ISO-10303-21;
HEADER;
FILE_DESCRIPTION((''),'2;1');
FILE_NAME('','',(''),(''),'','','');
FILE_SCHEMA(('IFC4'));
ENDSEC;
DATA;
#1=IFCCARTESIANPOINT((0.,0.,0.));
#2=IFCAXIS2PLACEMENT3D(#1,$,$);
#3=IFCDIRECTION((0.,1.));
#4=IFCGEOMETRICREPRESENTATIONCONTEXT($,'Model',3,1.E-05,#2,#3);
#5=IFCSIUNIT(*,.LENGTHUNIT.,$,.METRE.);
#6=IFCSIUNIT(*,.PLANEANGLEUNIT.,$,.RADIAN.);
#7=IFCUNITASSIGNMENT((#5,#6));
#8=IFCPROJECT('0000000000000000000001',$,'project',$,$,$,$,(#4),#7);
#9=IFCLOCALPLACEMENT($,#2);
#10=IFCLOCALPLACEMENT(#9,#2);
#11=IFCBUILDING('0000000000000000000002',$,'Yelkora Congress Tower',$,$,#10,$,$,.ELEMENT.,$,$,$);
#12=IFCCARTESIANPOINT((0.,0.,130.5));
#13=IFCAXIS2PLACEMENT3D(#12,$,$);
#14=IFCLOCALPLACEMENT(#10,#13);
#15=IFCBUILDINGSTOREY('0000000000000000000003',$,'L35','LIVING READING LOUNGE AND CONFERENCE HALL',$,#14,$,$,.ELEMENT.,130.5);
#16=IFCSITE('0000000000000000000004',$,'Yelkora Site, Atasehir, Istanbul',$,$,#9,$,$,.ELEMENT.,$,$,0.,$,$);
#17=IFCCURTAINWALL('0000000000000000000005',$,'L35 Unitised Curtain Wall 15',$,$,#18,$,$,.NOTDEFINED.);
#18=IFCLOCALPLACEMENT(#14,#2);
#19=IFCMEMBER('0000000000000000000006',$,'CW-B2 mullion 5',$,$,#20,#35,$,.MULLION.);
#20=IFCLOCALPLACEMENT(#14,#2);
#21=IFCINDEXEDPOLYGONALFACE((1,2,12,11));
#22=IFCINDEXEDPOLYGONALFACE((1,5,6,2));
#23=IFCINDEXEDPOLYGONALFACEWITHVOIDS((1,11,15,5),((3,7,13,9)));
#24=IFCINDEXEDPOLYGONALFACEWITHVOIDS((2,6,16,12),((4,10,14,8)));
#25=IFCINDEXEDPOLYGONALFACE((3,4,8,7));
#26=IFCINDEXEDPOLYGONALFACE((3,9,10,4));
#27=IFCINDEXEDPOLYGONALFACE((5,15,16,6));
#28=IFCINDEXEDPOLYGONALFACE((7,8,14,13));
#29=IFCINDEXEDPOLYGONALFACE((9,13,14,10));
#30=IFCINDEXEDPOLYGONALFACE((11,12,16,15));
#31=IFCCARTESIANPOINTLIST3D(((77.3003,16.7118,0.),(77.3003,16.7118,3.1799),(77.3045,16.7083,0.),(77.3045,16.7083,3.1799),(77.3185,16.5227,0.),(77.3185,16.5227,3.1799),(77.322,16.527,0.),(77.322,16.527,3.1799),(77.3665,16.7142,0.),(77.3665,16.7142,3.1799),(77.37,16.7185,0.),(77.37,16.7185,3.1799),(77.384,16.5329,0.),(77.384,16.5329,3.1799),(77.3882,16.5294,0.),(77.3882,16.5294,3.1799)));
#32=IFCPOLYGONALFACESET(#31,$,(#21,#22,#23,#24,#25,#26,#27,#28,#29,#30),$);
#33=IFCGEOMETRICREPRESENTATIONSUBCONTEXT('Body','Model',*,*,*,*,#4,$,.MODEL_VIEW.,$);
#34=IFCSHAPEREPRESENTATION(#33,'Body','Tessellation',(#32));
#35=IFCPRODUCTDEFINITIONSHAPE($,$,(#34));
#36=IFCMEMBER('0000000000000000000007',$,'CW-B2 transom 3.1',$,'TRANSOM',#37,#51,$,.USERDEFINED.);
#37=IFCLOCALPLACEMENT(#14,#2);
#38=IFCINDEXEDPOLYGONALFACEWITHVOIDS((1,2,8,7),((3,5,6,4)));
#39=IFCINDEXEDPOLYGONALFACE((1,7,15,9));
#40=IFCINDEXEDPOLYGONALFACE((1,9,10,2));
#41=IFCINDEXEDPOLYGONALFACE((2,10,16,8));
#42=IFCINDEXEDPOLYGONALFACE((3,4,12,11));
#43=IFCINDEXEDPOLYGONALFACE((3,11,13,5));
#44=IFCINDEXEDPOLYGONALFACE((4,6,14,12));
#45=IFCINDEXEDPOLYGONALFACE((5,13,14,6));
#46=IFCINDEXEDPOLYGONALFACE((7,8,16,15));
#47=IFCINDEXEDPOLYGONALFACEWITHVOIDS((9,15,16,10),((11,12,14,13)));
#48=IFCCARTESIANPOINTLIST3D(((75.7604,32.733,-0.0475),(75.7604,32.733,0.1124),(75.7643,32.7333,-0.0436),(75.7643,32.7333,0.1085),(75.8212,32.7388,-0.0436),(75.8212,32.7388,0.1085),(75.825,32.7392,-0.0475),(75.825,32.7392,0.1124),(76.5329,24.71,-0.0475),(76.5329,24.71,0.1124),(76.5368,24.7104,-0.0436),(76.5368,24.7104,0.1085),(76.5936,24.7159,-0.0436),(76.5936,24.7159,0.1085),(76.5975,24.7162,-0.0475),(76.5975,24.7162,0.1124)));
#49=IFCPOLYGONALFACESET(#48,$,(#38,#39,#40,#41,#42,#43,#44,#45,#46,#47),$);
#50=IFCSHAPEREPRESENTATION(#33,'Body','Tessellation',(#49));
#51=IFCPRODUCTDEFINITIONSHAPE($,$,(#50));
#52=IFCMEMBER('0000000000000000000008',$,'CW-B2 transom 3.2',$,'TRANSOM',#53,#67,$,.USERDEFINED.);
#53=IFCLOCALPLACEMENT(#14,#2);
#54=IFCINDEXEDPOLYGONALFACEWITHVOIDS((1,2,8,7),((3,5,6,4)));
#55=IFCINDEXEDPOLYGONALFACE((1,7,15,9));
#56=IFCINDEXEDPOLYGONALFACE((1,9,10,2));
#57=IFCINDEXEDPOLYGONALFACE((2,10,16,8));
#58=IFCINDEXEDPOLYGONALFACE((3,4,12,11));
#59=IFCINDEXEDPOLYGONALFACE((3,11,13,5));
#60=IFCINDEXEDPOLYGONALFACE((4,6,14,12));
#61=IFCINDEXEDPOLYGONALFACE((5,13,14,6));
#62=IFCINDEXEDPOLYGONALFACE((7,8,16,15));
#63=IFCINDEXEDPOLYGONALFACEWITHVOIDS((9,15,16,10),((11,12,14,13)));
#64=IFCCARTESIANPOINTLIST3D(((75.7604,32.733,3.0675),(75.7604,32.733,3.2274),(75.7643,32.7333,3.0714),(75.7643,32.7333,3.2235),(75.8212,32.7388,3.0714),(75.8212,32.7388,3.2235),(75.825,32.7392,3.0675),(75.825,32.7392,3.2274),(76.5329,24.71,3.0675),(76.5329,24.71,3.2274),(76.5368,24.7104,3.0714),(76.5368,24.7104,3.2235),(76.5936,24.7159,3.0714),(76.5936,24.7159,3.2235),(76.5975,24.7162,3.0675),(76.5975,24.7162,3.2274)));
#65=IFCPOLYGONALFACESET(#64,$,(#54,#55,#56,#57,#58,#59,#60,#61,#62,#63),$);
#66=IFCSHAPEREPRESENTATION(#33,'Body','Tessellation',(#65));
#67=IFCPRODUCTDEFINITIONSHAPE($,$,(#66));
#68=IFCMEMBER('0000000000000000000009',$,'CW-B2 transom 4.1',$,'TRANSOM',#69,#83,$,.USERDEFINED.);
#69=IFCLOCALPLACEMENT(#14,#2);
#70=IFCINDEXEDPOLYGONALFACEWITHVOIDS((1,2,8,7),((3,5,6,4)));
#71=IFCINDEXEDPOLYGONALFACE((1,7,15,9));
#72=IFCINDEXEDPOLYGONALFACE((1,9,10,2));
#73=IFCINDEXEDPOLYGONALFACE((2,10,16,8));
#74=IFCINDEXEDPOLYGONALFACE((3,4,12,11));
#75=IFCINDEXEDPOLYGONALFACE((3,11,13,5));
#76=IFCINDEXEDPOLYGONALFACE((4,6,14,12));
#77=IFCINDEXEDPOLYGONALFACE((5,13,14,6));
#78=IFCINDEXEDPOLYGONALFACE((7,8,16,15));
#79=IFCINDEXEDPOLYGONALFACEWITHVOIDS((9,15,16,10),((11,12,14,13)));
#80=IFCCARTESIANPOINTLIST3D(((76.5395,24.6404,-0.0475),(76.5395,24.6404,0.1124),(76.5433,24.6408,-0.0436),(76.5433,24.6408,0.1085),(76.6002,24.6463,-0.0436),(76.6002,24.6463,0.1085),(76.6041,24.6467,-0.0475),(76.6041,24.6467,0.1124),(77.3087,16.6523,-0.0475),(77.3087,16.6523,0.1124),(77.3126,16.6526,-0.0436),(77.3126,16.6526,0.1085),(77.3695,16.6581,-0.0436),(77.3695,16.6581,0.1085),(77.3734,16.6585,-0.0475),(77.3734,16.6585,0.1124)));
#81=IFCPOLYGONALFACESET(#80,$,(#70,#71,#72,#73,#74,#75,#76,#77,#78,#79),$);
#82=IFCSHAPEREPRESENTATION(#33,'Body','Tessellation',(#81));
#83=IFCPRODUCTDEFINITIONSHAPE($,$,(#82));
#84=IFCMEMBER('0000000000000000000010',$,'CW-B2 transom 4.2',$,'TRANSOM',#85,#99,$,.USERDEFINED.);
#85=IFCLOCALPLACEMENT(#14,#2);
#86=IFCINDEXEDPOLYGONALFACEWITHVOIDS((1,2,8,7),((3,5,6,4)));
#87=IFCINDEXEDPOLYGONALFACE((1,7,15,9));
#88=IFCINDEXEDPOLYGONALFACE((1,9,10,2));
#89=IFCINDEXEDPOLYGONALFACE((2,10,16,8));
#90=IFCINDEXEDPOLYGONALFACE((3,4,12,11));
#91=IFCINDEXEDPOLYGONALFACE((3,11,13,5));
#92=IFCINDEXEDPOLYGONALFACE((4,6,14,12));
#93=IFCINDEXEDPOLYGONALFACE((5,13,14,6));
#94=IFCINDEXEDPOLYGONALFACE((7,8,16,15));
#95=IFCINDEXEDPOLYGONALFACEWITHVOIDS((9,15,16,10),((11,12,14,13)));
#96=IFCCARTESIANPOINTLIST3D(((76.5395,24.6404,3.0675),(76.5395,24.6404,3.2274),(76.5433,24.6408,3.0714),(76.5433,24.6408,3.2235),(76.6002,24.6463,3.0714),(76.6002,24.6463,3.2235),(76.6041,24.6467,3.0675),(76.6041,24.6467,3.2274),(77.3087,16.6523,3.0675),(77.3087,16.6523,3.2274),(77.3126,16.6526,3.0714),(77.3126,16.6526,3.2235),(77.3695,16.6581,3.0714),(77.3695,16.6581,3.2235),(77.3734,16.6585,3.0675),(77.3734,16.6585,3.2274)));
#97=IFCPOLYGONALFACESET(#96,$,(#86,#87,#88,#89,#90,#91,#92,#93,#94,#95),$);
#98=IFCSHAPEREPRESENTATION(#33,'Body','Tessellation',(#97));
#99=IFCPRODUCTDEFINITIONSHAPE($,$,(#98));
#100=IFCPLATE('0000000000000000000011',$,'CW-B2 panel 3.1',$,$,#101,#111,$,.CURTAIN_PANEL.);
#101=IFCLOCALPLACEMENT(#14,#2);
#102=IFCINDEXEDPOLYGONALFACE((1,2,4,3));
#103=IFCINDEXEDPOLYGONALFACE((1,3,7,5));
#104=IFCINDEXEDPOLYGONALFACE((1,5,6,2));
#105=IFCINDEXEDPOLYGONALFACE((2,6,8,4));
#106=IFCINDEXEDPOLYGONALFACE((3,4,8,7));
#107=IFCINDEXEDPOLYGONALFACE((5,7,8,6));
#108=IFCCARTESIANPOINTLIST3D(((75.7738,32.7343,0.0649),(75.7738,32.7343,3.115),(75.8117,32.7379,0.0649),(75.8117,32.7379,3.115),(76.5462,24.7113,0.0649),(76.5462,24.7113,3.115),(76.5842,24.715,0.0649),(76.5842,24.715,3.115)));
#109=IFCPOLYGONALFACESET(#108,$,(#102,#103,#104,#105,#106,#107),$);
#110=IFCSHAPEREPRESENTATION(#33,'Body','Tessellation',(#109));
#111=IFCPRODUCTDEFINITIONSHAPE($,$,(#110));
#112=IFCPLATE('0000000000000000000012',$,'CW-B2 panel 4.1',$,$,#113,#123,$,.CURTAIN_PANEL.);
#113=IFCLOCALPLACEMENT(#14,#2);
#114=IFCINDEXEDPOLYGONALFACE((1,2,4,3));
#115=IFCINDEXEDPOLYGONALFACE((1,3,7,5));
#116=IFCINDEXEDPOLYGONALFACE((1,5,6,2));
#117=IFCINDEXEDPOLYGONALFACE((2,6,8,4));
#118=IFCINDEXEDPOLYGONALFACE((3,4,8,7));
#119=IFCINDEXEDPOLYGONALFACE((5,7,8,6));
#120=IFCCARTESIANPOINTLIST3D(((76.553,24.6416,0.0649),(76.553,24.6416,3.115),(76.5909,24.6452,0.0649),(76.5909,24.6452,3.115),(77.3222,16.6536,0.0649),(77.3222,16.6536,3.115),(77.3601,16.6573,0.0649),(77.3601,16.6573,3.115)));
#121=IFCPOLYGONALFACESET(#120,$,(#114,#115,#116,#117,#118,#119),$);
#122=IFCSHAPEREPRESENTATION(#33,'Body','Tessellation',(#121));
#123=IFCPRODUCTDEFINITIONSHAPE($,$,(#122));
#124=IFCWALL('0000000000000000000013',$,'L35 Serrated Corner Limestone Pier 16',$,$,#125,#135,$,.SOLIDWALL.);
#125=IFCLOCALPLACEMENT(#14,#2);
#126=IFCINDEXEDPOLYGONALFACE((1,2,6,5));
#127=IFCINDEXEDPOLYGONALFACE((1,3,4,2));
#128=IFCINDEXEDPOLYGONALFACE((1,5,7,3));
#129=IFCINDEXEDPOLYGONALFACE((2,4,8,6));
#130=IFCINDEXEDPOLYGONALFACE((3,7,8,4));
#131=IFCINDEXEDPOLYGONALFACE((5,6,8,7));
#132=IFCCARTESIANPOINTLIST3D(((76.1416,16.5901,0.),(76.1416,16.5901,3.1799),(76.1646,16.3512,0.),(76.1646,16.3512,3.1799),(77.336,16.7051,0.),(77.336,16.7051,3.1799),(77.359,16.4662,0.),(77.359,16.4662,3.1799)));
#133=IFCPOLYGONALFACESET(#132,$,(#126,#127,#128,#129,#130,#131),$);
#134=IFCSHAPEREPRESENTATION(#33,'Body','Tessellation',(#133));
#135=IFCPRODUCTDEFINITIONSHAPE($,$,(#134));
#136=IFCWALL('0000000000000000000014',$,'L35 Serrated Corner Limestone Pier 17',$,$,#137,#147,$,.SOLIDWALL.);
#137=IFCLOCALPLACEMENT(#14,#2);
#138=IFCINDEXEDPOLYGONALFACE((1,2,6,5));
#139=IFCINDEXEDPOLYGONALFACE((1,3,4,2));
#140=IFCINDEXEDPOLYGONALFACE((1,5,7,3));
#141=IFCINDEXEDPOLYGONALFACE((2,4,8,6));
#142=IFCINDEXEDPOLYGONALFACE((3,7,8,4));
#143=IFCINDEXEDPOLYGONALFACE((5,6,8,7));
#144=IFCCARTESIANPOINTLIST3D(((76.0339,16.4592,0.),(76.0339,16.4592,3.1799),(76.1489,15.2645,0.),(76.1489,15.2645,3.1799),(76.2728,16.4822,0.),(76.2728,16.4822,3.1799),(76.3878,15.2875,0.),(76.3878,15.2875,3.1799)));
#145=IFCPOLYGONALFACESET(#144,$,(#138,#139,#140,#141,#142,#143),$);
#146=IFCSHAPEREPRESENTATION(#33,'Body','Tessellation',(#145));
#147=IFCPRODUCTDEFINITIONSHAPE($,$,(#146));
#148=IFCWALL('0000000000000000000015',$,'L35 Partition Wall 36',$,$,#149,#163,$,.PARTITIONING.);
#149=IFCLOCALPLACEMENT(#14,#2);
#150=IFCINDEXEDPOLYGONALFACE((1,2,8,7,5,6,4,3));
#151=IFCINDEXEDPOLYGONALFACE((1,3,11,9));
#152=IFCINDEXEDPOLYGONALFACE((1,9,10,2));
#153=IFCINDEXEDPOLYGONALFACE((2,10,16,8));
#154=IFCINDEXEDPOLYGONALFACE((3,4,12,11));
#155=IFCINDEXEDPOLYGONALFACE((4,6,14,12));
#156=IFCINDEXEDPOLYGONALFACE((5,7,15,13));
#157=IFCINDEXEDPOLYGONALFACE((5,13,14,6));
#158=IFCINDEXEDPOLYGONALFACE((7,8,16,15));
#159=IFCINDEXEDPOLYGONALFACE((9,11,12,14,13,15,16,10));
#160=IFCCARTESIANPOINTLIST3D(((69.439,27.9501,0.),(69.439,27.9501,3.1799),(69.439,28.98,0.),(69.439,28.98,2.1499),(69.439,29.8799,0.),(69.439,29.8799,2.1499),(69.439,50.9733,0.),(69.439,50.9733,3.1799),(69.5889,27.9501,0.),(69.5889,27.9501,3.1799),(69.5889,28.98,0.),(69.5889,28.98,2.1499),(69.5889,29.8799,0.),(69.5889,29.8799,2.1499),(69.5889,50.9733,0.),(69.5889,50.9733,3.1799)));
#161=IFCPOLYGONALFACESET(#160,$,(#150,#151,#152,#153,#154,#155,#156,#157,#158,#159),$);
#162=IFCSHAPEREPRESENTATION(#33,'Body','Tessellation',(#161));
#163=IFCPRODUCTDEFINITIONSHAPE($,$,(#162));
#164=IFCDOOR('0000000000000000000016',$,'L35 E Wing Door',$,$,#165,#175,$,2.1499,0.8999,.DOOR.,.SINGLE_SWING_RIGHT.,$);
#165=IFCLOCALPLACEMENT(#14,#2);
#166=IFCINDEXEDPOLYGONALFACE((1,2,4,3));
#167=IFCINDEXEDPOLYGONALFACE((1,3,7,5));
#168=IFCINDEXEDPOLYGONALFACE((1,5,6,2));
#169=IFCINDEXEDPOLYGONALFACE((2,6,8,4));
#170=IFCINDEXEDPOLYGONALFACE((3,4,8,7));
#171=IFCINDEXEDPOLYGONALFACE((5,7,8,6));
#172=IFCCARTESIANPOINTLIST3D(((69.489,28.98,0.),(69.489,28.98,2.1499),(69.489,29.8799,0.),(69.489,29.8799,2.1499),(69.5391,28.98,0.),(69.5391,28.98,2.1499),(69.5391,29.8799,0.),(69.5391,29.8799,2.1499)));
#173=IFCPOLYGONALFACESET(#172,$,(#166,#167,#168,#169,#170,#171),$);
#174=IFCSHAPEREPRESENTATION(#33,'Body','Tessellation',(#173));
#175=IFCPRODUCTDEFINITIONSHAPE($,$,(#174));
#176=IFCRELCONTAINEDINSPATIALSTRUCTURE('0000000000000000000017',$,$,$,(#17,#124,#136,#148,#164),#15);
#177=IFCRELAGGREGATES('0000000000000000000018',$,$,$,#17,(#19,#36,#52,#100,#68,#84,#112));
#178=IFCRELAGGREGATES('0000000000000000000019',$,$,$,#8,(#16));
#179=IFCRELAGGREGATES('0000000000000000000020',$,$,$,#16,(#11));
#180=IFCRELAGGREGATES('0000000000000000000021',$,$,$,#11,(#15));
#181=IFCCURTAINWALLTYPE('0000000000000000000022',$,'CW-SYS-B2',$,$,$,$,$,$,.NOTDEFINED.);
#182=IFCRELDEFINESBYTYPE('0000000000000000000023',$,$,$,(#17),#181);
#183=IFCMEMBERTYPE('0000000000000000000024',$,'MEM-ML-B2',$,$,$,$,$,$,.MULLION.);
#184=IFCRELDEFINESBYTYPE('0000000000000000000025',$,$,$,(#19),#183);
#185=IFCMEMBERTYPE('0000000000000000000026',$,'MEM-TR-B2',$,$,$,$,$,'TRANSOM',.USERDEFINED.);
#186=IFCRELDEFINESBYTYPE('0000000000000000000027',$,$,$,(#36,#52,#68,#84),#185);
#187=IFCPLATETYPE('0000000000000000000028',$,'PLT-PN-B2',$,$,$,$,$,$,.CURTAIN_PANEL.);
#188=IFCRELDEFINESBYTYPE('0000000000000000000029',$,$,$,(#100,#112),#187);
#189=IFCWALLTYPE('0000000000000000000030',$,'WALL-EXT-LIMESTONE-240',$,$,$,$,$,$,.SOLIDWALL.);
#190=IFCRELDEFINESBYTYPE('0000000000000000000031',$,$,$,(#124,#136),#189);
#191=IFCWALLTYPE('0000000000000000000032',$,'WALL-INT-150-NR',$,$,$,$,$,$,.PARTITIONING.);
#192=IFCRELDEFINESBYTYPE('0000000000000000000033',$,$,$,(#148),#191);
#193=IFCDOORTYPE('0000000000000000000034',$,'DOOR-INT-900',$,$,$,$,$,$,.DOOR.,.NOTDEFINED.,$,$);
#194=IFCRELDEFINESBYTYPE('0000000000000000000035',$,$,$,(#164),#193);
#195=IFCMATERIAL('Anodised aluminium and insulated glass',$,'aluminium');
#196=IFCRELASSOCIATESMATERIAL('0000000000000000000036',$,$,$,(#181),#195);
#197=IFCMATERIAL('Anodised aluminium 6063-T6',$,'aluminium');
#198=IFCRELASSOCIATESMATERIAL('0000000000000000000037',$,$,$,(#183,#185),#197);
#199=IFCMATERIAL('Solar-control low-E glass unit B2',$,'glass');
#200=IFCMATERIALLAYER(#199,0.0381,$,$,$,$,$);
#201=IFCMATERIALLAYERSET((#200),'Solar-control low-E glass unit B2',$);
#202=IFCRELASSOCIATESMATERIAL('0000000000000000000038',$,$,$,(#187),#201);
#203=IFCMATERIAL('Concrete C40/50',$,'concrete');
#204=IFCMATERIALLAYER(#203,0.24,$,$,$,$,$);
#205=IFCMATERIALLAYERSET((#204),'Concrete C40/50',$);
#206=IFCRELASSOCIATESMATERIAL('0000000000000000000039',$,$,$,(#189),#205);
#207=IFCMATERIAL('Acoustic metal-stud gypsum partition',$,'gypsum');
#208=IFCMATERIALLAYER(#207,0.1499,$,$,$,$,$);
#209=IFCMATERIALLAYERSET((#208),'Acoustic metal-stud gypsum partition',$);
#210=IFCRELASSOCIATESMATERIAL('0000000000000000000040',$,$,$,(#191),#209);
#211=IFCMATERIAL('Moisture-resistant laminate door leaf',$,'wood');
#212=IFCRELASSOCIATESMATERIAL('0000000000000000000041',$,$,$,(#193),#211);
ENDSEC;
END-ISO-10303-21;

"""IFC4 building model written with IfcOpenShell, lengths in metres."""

from ifc_helpers import new_model, si_unit, direction, frame, frame_2d, origin, origin_2d, place, context, subcontext, project, spatial, rectangle, hollow_rectangle, extrude, material, layer, layer_set, material_profile, profile_set, type_object, element, fill, aggregate, save


model = new_model("IFC4")

# Units and contexts
model_context = context("Model", 3, precision=1e-05, world=origin(), true_north=direction((0.0, 1.0)))
body_context = subcontext(model_context, "Body", "Model", "MODEL_VIEW")
ifc_project = project(units=[si_unit("LENGTHUNIT", "METRE"), si_unit("PLANEANGLEUNIT", "RADIAN")], contexts=[model_context])

# Site, building, storey
site_placement = place(None, origin())
site = spatial("IfcSite", under=ifc_project, at=site_placement, Name="Yelkora Site, Atasehir, Istanbul", CompositionType="ELEMENT", RefElevation=0.0)
building_placement = place(site_placement, origin())
building = spatial("IfcBuilding", under=site, at=building_placement, Name="Yelkora Congress Tower", CompositionType="ELEMENT")
storey_placement = place(building_placement, frame((0.0, 0.0, 130.5)))
storey = spatial("IfcBuildingStorey", under=building, at=storey_placement, Name="L35", Description="LIVING READING LOUNGE AND CONFERENCE HALL", CompositionType="ELEMENT", Elevation=130.5)

# Curtain wall, members, plates
ifc_material_1 = material(Name="Anodised aluminium and insulated glass", Category="aluminium")
curtain_wall_type = type_object("IfcCurtainWallType", Name="CW-SYS-B2", PredefinedType="NOTDEFINED", material=ifc_material_1)
curtain_wall_placement = place(storey_placement, origin())
curtain_wall = element("IfcCurtainWall", 1, at=curtain_wall_placement, inside=storey, type_object=curtain_wall_type, Name="L35 Unitised Curtain Wall 15", PredefinedType="NOTDEFINED")
ifc_material_2 = material(Name="Anodised aluminium 6063-T6", Category="aluminium")
ifc_material_profile_1 = material_profile(ifc_material_2, hollow_rectangle(XDim=0.0701, YDim=0.1899, WallThickness=0.0039, at=origin_2d()), Name="ALU 70x190x4")
ifc_profile_set_1 = profile_set([ifc_material_profile_1], Name="Anodised aluminium 6063-T6")
member_type_1 = type_object("IfcMemberType", Name="MEM-ML-B2", PredefinedType="MULLION", material=ifc_profile_set_1)
member_1_placement = place(storey_placement, frame((77.3442, 16.6206, 0.0), z_axis=(0.0, 0.0, 1.0), x_axis=(0.995397, 0.095843, 0.0)))
member_1 = element("IfcMember", 2, at=member_1_placement, type_object=member_type_1, Name="CW-B2 mullion 5", PredefinedType="MULLION", context=body_context, shape_type="SweptSolid", body=[
    extrude(hollow_rectangle(XDim=0.0701, YDim=0.1899, WallThickness=0.0039, at=origin_2d()), origin(), (0.0, 0.0, 1.0), 3.1799),
])
ifc_material_profile_2 = material_profile(ifc_material_2, hollow_rectangle(XDim=0.0649, YDim=0.1599, WallThickness=0.0039, at=origin_2d()), Name="ALU 65x160x4")
ifc_profile_set_2 = profile_set([ifc_material_profile_2], Name="Anodised aluminium 6063-T6")
member_type_2 = type_object("IfcMemberType", Name="MEM-TR-B2", ElementType="TRANSOM", PredefinedType="USERDEFINED", material=ifc_profile_set_2)
member_2_placement = place(storey_placement, frame((75.7927, 32.7361, 0.0325), z_axis=(0.095838, -0.995397, 0.0), x_axis=(0.995397, 0.095838, 0.0)))
member_2 = element("IfcMember", 3, at=member_2_placement, type_object=member_type_2, Name="CW-B2 transom 3.1", ObjectType="TRANSOM", PredefinedType="USERDEFINED", context=body_context, shape_type="SweptSolid", body=[
    extrude(hollow_rectangle(XDim=0.0649, YDim=0.1599, WallThickness=0.0039, at=origin_2d()), origin(), (0.0, 0.0, 1.0), 8.0601),
])
member_3_placement = place(storey_placement, frame((75.7927, 32.7361, 3.1475), z_axis=(0.095838, -0.995397, 0.0), x_axis=(0.995397, 0.095838, 0.0)))
member_3 = element("IfcMember", 4, at=member_3_placement, type_object=member_type_2, Name="CW-B2 transom 3.2", ObjectType="TRANSOM", PredefinedType="USERDEFINED", context=body_context, shape_type="SweptSolid", body=[
    extrude(hollow_rectangle(XDim=0.0649, YDim=0.1599, WallThickness=0.0039, at=origin_2d()), origin(), (0.0, 0.0, 1.0), 8.0601),
])
member_4_placement = place(storey_placement, frame((76.5718, 24.6436, 0.0325), z_axis=(0.095858, -0.995395, 0.0), x_axis=(0.995395, 0.095858, 0.0)))
member_4 = element("IfcMember", 5, at=member_4_placement, type_object=member_type_2, Name="CW-B2 transom 4.1", ObjectType="TRANSOM", PredefinedType="USERDEFINED", context=body_context, shape_type="SweptSolid", body=[
    extrude(hollow_rectangle(XDim=0.0649, YDim=0.1599, WallThickness=0.0039, at=origin_2d()), origin(), (0.0, 0.0, 1.0), 8.0251),
])
member_5_placement = place(storey_placement, frame((76.5718, 24.6436, 3.1475), z_axis=(0.095858, -0.995395, 0.0), x_axis=(0.995395, 0.095858, 0.0)))
member_5 = element("IfcMember", 6, at=member_5_placement, type_object=member_type_2, Name="CW-B2 transom 4.2", ObjectType="TRANSOM", PredefinedType="USERDEFINED", context=body_context, shape_type="SweptSolid", body=[
    extrude(hollow_rectangle(XDim=0.0649, YDim=0.1599, WallThickness=0.0039, at=origin_2d()), origin(), (0.0, 0.0, 1.0), 8.0251),
])
ifc_material_3 = material(Name="Solar-control low-E glass unit B2", Category="glass")
ifc_layer_1 = layer(ifc_material_3, 0.0381)
ifc_layer_set_1 = layer_set([ifc_layer_1], Name="Solar-control low-E glass unit B2")
plate_type = type_object("IfcPlateType", Name="PLT-PN-B2", PredefinedType="CURTAIN_PANEL", material=ifc_layer_set_1)
plate_1_placement = place(storey_placement, frame((76.179, 28.7246, 0.0649), z_axis=(0.0, 0.0, 1.0), x_axis=(0.095843, -0.995397, 0.0)))
plate_1 = element("IfcPlate", 7, at=plate_1_placement, type_object=plate_type, Name="CW-B2 panel 3.1", PredefinedType="CURTAIN_PANEL", context=body_context, shape_type="SweptSolid", body=[
    extrude(rectangle(XDim=8.0601, YDim=0.0381, at=origin_2d()), origin(), (0.0, 0.0, 1.0), 3.05),
])
plate_2_placement = place(storey_placement, frame((76.9565, 20.6494, 0.0649), z_axis=(0.0, 0.0, 1.0), x_axis=(0.095843, -0.995397, 0.0)))
plate_2 = element("IfcPlate", 8, at=plate_2_placement, type_object=plate_type, Name="CW-B2 panel 4.1", PredefinedType="CURTAIN_PANEL", context=body_context, shape_type="SweptSolid", body=[
    extrude(rectangle(XDim=8.0249, YDim=0.0381, at=origin_2d()), origin(), (0.0, 0.0, 1.0), 3.05),
])
aggregate(curtain_wall, [member_1, member_2, member_3, plate_1, member_4, member_5, plate_2])

# Walls
ifc_material_4 = material(Name="Concrete C40/50", Category="concrete")
ifc_layer_2 = layer(ifc_material_4, 0.24)
ifc_layer_set_2 = layer_set([ifc_layer_2], Name="Concrete C40/50")
wall_type_1 = type_object("IfcWallType", Name="WALL-EXT-LIMESTONE-240", PredefinedType="SOLIDWALL", material=ifc_layer_set_2)
wall_1_placement = place(storey_placement, frame((77.3477, 16.5857, 0.0), z_axis=(0.0, 0.0, 1.0), x_axis=(-0.995397, -0.095836, 0.0)))
element("IfcWall", 9, at=wall_1_placement, inside=storey, type_object=wall_type_1, Name="L35 Serrated Corner Limestone Pier 16", PredefinedType="SOLIDWALL", context=body_context, shape_type="SweptSolid", body=[
    extrude(rectangle(XDim=1.2, YDim=0.24, at=frame_2d((0.6001, 0.0))), origin(), (0.0, 0.0, 1.0), 3.1799),
])
wall_2_placement = place(storey_placement, frame((76.1533, 16.4707, 0.0), z_axis=(0.0, 0.0, 1.0), x_axis=(0.095817, -0.995399, 0.0)))
element("IfcWall", 10, at=wall_2_placement, inside=storey, type_object=wall_type_1, Name="L35 Serrated Corner Limestone Pier 17", PredefinedType="SOLIDWALL", context=body_context, shape_type="SweptSolid", body=[
    extrude(rectangle(XDim=1.2002, YDim=0.24, at=frame_2d((0.6001, 0.0))), origin(), (0.0, 0.0, 1.0), 3.1799),
])

# Wall, opening, door
ifc_material_5 = material(Name="Acoustic metal-stud gypsum partition", Category="gypsum")
ifc_layer_3 = layer(ifc_material_5, 0.1499)
ifc_layer_set_3 = layer_set([ifc_layer_3], Name="Acoustic metal-stud gypsum partition")
wall_type_2 = type_object("IfcWallType", Name="WALL-INT-150-NR", PredefinedType="PARTITIONING", material=ifc_layer_set_3)
wall_3_placement = place(storey_placement, frame((69.5139, 27.95, 0.0), z_axis=(0.0, 0.0, 1.0), x_axis=(0.0, 1.0, 0.0)))
wall_3 = element("IfcWall", 11, at=wall_3_placement, inside=storey, type_object=wall_type_2, Name="L35 Partition Wall 36", PredefinedType="PARTITIONING", context=body_context, shape_type="SweptSolid", body=[
    extrude(rectangle(XDim=23.0232, YDim=0.1499, at=frame_2d((11.5117, 0.0))), origin(), (0.0, 0.0, 1.0), 3.1799),
])
opening_placement = place(wall_3_placement, frame((1.03, 0.0, 0.0)))
opening = element("IfcOpeningElement", 12, at=opening_placement, cuts=wall_3, PredefinedType="OPENING", context=body_context, shape_type="SweptSolid", body=[
    extrude(rectangle(XDim=0.8999, YDim=2.1499, at=frame_2d((0.45, 1.075))), frame((0.0, 0.085, 0.0), z_axis=(0.0, -1.0, 0.0), x_axis=(1.0, 0.0, 0.0)), (0.0, 0.0, 1.0), 0.1699),
])
ifc_material_6 = material(Name="Moisture-resistant laminate door leaf", Category="wood")
door_type = type_object("IfcDoorType", Name="DOOR-INT-900", OperationType="NOTDEFINED", PredefinedType="DOOR", material=ifc_material_6)
door_placement = place(opening_placement, origin())
door = element("IfcDoor", 13, at=door_placement, inside=storey, type_object=door_type, Name="L35 E Wing Door", OperationType="SINGLE_SWING_RIGHT", OverallHeight=2.1499, OverallWidth=0.8999, PredefinedType="DOOR", context=body_context, shape_type="SweptSolid", body=[
    extrude(rectangle(XDim=0.8999, YDim=2.1499, at=frame_2d((0.45, 1.075))), frame((0.0, 0.0249, 0.0), z_axis=(0.0, -1.0, 0.0), x_axis=(1.0, 0.0, 0.0)), (0.0, 0.0, 1.0), 0.05),
])
fill(opening, door)

save(model, "model.ifc")
